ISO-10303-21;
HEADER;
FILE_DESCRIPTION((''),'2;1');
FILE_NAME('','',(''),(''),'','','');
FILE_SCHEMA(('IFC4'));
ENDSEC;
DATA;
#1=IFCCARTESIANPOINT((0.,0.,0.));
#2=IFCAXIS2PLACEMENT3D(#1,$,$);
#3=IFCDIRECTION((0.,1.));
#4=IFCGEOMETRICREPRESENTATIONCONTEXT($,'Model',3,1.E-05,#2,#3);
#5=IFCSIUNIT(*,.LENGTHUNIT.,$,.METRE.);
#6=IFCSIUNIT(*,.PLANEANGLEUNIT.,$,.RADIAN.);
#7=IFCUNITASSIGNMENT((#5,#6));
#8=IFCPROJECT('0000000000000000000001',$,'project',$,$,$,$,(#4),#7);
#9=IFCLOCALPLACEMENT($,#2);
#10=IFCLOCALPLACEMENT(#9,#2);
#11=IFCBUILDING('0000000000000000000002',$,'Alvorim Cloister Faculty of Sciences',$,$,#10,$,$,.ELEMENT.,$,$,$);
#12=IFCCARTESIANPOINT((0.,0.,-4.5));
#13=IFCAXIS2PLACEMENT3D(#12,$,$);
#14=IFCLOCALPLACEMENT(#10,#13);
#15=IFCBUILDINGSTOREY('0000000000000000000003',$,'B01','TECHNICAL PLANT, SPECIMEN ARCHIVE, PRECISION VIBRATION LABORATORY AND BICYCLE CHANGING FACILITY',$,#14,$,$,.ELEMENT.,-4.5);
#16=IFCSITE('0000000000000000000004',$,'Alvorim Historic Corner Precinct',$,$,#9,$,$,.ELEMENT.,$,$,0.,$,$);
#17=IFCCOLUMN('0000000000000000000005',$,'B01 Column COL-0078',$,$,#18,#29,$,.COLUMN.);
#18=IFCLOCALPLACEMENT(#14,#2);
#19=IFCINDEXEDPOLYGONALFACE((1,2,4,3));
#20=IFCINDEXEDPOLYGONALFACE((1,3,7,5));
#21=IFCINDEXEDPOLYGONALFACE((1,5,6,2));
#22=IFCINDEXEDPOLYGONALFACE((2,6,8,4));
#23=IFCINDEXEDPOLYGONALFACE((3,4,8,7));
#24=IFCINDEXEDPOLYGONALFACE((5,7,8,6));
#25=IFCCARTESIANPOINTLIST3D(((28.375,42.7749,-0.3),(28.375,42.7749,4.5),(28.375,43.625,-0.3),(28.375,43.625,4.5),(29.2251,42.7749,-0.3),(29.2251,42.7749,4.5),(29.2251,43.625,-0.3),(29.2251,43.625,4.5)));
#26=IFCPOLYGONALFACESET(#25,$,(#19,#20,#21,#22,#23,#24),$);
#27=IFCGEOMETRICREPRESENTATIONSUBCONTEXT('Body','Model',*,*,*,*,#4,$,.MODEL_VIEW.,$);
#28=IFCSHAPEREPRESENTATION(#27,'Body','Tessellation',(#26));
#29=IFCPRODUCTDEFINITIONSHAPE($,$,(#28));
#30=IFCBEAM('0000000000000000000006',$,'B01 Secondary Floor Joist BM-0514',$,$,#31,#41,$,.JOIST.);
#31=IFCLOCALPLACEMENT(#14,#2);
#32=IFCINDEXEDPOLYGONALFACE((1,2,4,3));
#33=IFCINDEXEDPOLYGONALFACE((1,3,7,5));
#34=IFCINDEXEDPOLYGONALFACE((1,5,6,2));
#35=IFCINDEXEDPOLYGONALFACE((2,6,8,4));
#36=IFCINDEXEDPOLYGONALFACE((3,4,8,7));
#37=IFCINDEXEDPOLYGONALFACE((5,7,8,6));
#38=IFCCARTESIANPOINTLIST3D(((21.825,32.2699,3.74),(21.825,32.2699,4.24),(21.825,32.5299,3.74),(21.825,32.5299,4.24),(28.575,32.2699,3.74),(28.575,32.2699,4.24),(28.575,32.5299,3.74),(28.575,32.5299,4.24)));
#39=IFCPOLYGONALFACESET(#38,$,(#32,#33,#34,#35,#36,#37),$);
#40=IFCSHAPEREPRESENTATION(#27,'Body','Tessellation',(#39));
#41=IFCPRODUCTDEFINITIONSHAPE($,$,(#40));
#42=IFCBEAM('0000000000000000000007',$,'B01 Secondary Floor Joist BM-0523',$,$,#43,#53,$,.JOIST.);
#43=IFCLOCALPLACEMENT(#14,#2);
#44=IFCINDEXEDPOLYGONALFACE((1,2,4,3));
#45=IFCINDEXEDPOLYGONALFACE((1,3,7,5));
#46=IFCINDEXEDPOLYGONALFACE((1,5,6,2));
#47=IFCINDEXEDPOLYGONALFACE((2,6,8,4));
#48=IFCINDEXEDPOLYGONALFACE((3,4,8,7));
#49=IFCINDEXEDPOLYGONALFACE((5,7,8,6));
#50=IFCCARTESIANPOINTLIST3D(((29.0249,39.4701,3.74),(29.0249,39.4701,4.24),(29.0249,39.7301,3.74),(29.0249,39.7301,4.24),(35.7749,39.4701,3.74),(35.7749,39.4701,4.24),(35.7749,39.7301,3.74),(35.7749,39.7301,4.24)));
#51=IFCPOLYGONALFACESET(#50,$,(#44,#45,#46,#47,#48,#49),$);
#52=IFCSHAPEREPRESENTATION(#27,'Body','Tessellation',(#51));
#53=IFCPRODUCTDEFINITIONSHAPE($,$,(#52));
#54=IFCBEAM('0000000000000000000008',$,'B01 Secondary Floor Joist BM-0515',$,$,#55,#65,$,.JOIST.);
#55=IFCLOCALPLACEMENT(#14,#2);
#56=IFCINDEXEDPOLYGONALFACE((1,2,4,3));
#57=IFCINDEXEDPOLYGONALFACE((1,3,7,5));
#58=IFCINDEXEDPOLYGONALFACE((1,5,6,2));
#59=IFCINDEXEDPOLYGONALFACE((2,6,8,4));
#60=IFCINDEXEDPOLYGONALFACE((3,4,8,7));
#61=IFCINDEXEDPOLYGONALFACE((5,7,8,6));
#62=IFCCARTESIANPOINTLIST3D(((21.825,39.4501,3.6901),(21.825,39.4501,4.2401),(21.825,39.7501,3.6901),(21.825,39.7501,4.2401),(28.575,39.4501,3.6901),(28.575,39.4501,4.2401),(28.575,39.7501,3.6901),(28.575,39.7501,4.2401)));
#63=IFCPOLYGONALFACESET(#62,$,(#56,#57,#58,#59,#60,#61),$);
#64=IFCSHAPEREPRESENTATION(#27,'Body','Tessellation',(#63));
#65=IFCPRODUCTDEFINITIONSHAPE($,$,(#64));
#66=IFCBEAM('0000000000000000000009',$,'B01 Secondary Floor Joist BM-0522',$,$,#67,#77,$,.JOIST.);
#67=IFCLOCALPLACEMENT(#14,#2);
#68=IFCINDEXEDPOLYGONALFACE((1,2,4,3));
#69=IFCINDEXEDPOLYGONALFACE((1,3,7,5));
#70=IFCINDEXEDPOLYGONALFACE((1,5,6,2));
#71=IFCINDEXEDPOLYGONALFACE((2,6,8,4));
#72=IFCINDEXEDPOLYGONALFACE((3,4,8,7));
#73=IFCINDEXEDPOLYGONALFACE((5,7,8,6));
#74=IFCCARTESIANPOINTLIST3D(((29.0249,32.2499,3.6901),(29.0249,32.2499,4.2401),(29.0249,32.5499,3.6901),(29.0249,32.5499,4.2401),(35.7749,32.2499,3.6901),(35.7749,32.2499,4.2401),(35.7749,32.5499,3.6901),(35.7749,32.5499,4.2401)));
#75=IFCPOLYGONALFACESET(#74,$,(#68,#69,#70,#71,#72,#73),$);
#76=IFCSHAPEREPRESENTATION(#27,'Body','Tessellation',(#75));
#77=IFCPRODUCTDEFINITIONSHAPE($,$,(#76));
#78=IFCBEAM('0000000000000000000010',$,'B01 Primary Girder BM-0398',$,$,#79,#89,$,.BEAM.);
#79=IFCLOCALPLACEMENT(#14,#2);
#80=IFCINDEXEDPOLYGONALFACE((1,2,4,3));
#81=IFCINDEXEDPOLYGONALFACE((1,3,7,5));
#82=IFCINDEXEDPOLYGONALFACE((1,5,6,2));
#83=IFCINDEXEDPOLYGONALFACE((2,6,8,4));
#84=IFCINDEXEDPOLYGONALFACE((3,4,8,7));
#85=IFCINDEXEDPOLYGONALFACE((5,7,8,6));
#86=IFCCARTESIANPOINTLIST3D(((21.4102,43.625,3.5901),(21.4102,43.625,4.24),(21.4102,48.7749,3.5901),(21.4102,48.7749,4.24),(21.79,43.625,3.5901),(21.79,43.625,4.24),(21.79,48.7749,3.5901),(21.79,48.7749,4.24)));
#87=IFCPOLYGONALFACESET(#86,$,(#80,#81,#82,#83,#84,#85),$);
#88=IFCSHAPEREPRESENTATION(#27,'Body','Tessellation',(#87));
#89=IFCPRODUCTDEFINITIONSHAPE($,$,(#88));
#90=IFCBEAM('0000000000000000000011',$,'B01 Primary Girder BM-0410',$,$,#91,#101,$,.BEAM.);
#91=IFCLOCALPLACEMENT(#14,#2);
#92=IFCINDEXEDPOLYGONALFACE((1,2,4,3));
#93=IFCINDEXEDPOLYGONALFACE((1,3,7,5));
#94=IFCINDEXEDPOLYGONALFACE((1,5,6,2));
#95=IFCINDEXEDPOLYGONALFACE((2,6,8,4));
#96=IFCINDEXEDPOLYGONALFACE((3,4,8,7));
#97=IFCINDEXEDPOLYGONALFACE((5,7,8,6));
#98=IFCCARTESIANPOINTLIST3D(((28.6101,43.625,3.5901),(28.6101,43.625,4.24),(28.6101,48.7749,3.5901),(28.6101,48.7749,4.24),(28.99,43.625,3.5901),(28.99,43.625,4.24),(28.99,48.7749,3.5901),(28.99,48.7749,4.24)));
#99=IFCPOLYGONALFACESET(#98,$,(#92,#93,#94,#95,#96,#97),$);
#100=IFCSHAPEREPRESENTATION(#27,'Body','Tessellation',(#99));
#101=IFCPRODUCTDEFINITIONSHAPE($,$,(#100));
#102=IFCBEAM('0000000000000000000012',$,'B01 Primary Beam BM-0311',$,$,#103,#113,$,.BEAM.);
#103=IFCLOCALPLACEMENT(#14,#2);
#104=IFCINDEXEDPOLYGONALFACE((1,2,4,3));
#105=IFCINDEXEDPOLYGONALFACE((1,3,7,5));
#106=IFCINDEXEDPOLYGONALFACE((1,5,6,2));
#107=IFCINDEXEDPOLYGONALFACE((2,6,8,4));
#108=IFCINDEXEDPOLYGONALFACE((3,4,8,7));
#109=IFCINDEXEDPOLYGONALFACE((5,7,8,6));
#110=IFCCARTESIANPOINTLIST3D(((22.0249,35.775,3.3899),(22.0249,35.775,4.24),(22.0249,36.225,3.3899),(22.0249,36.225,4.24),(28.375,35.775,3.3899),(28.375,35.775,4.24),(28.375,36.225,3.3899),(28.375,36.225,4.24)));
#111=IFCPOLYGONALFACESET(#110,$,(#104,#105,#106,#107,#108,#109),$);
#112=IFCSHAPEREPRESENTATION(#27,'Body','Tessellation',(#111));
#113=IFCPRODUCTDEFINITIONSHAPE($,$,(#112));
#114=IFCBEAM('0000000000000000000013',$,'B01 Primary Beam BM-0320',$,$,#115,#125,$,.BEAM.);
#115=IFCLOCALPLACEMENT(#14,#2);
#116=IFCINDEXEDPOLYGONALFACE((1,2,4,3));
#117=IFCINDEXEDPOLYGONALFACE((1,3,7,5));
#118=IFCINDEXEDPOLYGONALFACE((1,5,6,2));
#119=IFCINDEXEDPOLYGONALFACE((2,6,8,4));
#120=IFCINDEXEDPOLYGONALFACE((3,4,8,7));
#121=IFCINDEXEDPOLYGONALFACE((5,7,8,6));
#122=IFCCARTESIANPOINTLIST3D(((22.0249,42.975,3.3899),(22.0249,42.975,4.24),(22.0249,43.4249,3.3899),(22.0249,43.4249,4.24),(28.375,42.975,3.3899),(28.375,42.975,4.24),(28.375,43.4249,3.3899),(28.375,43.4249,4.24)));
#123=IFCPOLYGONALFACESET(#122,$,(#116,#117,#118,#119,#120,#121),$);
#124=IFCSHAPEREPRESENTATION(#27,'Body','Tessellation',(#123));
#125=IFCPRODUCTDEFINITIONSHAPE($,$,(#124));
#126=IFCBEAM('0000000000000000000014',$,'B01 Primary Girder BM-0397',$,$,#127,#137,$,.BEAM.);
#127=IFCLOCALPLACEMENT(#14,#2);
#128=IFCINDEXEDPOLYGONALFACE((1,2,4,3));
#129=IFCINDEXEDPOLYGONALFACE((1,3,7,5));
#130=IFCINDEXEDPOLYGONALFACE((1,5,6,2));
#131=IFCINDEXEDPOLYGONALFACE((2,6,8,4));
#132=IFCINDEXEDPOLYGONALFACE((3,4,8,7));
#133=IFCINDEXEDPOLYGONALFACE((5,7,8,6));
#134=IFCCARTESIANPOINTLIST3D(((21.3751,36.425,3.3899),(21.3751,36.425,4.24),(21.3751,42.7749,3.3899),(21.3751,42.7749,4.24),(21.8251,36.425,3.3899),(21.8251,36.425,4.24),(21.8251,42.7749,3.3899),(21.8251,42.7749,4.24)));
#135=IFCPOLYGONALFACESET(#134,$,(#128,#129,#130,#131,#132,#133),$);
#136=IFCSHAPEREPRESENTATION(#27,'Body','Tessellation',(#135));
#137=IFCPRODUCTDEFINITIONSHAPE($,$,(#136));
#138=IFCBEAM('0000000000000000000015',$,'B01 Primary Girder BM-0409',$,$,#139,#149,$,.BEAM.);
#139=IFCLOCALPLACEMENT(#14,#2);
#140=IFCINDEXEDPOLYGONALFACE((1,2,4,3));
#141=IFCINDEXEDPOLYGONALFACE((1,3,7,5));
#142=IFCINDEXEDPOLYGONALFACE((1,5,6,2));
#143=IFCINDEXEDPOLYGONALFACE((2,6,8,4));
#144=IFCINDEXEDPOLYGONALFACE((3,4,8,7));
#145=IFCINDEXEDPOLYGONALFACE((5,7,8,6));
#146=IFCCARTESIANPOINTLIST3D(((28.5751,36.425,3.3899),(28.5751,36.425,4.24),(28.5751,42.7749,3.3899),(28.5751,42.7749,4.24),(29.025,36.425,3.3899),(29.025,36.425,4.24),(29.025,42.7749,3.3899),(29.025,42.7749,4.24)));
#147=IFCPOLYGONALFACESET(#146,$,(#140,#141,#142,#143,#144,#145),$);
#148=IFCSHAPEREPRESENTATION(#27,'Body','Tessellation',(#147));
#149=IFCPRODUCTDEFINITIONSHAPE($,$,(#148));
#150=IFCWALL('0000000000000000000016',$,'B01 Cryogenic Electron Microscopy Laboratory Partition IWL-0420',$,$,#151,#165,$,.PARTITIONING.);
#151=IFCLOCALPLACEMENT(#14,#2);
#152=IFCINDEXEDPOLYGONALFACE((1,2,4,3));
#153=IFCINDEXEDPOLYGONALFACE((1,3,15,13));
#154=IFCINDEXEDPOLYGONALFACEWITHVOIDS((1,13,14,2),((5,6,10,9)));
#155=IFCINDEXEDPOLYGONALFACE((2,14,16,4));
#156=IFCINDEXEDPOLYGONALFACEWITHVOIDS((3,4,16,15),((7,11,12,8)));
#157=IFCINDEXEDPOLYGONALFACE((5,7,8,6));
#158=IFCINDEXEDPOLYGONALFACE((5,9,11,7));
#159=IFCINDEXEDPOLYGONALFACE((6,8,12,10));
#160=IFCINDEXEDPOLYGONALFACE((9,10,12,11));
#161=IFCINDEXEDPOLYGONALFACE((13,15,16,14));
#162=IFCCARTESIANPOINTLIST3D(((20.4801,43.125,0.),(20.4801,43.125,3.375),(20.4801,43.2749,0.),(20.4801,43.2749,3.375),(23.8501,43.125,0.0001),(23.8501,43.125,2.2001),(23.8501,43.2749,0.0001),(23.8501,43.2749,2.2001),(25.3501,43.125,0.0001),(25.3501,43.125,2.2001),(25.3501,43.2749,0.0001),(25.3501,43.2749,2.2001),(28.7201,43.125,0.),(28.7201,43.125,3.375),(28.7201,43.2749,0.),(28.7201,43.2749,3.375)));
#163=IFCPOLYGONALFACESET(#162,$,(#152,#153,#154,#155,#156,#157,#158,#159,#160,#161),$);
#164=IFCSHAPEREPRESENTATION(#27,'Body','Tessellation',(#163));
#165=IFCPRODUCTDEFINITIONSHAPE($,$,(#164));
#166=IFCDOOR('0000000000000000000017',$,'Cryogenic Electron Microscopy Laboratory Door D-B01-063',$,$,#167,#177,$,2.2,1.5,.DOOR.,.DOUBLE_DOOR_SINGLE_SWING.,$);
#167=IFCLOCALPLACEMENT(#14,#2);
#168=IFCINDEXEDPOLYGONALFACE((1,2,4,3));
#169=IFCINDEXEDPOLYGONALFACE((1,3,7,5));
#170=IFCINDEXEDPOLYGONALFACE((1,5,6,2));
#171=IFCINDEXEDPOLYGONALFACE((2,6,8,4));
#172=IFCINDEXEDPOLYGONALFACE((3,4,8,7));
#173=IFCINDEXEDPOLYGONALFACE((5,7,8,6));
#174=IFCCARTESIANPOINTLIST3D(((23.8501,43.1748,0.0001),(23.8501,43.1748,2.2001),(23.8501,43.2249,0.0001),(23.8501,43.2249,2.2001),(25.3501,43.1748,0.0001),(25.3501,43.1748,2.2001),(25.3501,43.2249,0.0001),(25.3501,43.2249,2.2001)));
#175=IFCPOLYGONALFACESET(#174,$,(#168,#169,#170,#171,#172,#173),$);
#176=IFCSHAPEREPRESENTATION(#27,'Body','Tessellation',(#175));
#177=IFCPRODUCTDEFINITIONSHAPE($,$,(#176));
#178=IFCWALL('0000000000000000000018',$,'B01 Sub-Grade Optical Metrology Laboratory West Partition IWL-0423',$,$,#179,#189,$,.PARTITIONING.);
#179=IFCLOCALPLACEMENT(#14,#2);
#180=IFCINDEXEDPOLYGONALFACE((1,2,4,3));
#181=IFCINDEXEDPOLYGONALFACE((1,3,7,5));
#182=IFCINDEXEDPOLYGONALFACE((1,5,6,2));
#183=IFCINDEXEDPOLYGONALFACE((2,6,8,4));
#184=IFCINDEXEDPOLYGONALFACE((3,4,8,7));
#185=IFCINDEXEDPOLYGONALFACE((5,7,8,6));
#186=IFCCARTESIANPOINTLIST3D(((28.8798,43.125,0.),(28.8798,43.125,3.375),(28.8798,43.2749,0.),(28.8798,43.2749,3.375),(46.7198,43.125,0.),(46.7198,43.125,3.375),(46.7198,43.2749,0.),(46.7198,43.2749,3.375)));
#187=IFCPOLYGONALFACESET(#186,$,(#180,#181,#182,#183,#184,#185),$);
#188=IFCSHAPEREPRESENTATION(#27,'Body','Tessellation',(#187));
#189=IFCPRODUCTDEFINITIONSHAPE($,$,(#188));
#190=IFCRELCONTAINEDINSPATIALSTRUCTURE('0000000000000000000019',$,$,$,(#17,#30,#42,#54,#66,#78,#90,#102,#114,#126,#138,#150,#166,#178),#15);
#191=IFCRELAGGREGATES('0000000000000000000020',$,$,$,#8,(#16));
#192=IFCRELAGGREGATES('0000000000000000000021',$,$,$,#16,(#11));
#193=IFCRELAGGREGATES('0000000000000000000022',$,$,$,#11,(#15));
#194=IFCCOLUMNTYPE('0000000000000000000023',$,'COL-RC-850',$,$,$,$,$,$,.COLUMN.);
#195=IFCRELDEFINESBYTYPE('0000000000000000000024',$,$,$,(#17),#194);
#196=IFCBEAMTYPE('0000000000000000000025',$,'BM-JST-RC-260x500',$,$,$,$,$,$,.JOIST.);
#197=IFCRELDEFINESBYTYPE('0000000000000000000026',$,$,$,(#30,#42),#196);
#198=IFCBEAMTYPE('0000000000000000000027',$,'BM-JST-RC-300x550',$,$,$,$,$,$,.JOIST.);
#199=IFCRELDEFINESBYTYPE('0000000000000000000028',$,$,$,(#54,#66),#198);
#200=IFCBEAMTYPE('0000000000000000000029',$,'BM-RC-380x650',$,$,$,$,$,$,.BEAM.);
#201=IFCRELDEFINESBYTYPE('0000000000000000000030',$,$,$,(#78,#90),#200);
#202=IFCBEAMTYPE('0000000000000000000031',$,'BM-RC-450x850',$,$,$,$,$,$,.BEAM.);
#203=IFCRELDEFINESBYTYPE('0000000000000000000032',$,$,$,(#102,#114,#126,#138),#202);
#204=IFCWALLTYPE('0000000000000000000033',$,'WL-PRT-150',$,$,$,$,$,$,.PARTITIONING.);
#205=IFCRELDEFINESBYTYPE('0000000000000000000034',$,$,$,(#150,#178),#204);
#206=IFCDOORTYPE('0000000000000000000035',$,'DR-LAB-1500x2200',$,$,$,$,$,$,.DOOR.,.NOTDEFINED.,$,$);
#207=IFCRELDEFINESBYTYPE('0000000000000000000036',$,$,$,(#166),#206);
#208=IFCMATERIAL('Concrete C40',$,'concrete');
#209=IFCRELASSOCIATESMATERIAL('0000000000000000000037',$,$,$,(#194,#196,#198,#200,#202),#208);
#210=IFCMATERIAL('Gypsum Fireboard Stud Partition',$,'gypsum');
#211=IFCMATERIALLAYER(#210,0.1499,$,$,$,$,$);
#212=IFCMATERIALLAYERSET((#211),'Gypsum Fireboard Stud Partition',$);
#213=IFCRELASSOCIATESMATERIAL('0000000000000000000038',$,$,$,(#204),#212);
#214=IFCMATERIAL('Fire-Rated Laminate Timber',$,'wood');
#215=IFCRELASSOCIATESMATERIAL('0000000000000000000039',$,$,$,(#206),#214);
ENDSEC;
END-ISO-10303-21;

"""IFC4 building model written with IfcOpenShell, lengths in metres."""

from ifc_helpers import new_model, si_unit, direction, frame, frame_2d, origin, origin_2d, place, context, subcontext, project, spatial, rectangle, extrude, material, layer, layer_set, material_profile, profile_set, type_object, element, fill, save


model = new_model("IFC4")

# Units and contexts
model_context = context("Model", 3, precision=1e-05, world=origin(), true_north=direction((0.0, 1.0)))
body_context = subcontext(model_context, "Body", "Model", "MODEL_VIEW")
ifc_project = project(units=[si_unit("LENGTHUNIT", "METRE"), si_unit("PLANEANGLEUNIT", "RADIAN")], contexts=[model_context])

# Site, building, storey
site_placement = place(None, origin())
site = spatial("IfcSite", under=ifc_project, at=site_placement, Name="Alvorim Historic Corner Precinct", CompositionType="ELEMENT", RefElevation=0.0)
building_placement = place(site_placement, origin())
building = spatial("IfcBuilding", under=site, at=building_placement, Name="Alvorim Cloister Faculty of Sciences", CompositionType="ELEMENT")
storey_placement = place(building_placement, frame((0.0, 0.0, -4.5)))
storey = spatial("IfcBuildingStorey", under=building, at=storey_placement, Name="B01", Description="TECHNICAL PLANT, SPECIMEN ARCHIVE, PRECISION VIBRATION LABORATORY AND BICYCLE CHANGING FACILITY", CompositionType="ELEMENT", Elevation=-4.5)

# Shared definitions
ifc_material_1 = material(Name="Concrete C40", Category="concrete")

# Column
ifc_material_profile_1 = material_profile(ifc_material_1, rectangle(XDim=0.8501, YDim=0.8501, at=origin_2d()), Name="RC40-COL-850x850")
ifc_profile_set_1 = profile_set([ifc_material_profile_1], Name="Concrete C40")
column_type = type_object("IfcColumnType", Name="COL-RC-850", PredefinedType="COLUMN", material=ifc_profile_set_1)
for number, where, z_axis, x_axis, name in (
    (1, (28.8, 43.2, -0.3), (0.0, 0.0, 1.0), (1.0, 0.0, 0.0), "B01 Column COL-0078"),
):
    element("IfcColumn", number, at=place(storey_placement, frame(where, z_axis=z_axis, x_axis=x_axis)), inside=storey, type_object=column_type, Name=name, PredefinedType="COLUMN", context=body_context, shape_type="SweptSolid", body=[
        extrude(rectangle(XDim=0.8501, YDim=0.8501, at=origin_2d()), origin(), (0.0, 0.0, 1.0), 4.8),
    ])

# Beams
ifc_material_profile_2 = material_profile(ifc_material_1, rectangle(XDim=0.26, YDim=0.5, at=origin_2d()), Name="RC40-JST-260x500")
ifc_profile_set_2 = profile_set([ifc_material_profile_2], Name="Concrete C40")
beam_type_1 = type_object("IfcBeamType", Name="BM-JST-RC-260x500", PredefinedType="JOIST", material=ifc_profile_set_2)
for number, where, z_axis, x_axis, name in (
    (2, (21.825, 32.3999, 3.99), (1.0, 0.0, 0.0), (0.0, 1.0, 0.0), "B01 Secondary Floor Joist BM-0514"),
    (3, (29.0249, 39.6001, 3.99), (1.0, 0.0, 0.0), (0.0, 1.0, 0.0), "B01 Secondary Floor Joist BM-0523"),
):
    element("IfcBeam", number, at=place(storey_placement, frame(where, z_axis=z_axis, x_axis=x_axis)), inside=storey, type_object=beam_type_1, Name=name, PredefinedType="JOIST", context=body_context, shape_type="SweptSolid", body=[
        extrude(rectangle(XDim=0.26, YDim=0.5, at=origin_2d()), origin(), (0.0, 0.0, 1.0), 6.75),
    ])
ifc_material_profile_3 = material_profile(ifc_material_1, rectangle(XDim=0.3, YDim=0.55, at=origin_2d()), Name="RC40-JST-300x550")
ifc_profile_set_3 = profile_set([ifc_material_profile_3], Name="Concrete C40")
beam_type_2 = type_object("IfcBeamType", Name="BM-JST-RC-300x550", PredefinedType="JOIST", material=ifc_profile_set_3)
for number, where, z_axis, x_axis, name in (
    (4, (21.825, 39.6001, 3.9651), (1.0, 0.0, 0.0), (0.0, 1.0, 0.0), "B01 Secondary Floor Joist BM-0515"),
    (5, (29.0249, 32.3999, 3.9651), (1.0, 0.0, 0.0), (0.0, 1.0, 0.0), "B01 Secondary Floor Joist BM-0522"),
):
    element("IfcBeam", number, at=place(storey_placement, frame(where, z_axis=z_axis, x_axis=x_axis)), inside=storey, type_object=beam_type_2, Name=name, PredefinedType="JOIST", context=body_context, shape_type="SweptSolid", body=[
        extrude(rectangle(XDim=0.3, YDim=0.55, at=origin_2d()), origin(), (0.0, 0.0, 1.0), 6.75),
    ])
ifc_material_profile_4 = material_profile(ifc_material_1, rectangle(XDim=0.3799, YDim=0.6499, at=origin_2d()), Name="RC40-BM-380x650")
ifc_profile_set_4 = profile_set([ifc_material_profile_4], Name="Concrete C40")
beam_type_3 = type_object("IfcBeamType", Name="BM-RC-380x650", PredefinedType="BEAM", material=ifc_profile_set_4)
for number, where, z_axis, x_axis, name in (
    (6, (21.6001, 43.625, 3.915), (0.0, 1.0, 0.0), (-1.0, 0.0, 0.0), "B01 Primary Girder BM-0398"),
    (7, (28.8, 43.625, 3.915), (0.0, 1.0, 0.0), (-1.0, 0.0, 0.0), "B01 Primary Girder BM-0410"),
):
    element("IfcBeam", number, at=place(storey_placement, frame(where, z_axis=z_axis, x_axis=x_axis)), inside=storey, type_object=beam_type_3, Name=name, PredefinedType="BEAM", context=body_context, shape_type="SweptSolid", body=[
        extrude(rectangle(XDim=0.3799, YDim=0.6499, at=origin_2d()), origin(), (0.0, 0.0, 1.0), 5.1499),
    ])
ifc_material_profile_5 = material_profile(ifc_material_1, rectangle(XDim=0.45, YDim=0.8501, at=origin_2d()), Name="RC40-BM-450x850")
ifc_profile_set_5 = profile_set([ifc_material_profile_5], Name="Concrete C40")
beam_type_4 = type_object("IfcBeamType", Name="BM-RC-450x850", PredefinedType="BEAM", material=ifc_profile_set_5)
for number, where, z_axis, x_axis, name in (
    (8, (22.0249, 36.0, 3.8149), (1.0, 0.0, 0.0), (0.0, 1.0, 0.0), "B01 Primary Beam BM-0311"),
    (9, (22.0249, 43.2, 3.8149), (1.0, 0.0, 0.0), (0.0, 1.0, 0.0), "B01 Primary Beam BM-0320"),
):
    element("IfcBeam", number, at=place(storey_placement, frame(where, z_axis=z_axis, x_axis=x_axis)), inside=storey, type_object=beam_type_4, Name=name, PredefinedType="BEAM", context=body_context, shape_type="SweptSolid", body=[
        extrude(rectangle(XDim=0.45, YDim=0.8501, at=origin_2d()), origin(), (0.0, 0.0, 1.0), 6.3501),
    ])
for number, where, z_axis, x_axis, name in (
    (10, (21.6001, 36.425, 3.8149), (0.0, 1.0, 0.0), (-1.0, 0.0, 0.0), "B01 Primary Girder BM-0397"),
    (11, (28.8, 36.425, 3.8149), (0.0, 1.0, 0.0), (-1.0, 0.0, 0.0), "B01 Primary Girder BM-0409"),
):
    element("IfcBeam", number, at=place(storey_placement, frame(where, z_axis=z_axis, x_axis=x_axis)), inside=storey, type_object=beam_type_4, Name=name, PredefinedType="BEAM", context=body_context, shape_type="SweptSolid", body=[
        extrude(rectangle(XDim=0.45, YDim=0.8501, at=origin_2d()), origin(), (0.0, 0.0, 1.0), 6.3499),
    ])

# Wall, opening, door
ifc_material_2 = material(Name="Gypsum Fireboard Stud Partition", Category="gypsum")
ifc_layer_1 = layer(ifc_material_2, 0.1499)
ifc_layer_set_1 = layer_set([ifc_layer_1], Name="Gypsum Fireboard Stud Partition")
wall_type_1 = type_object("IfcWallType", Name="WL-PRT-150", PredefinedType="PARTITIONING", material=ifc_layer_set_1)
wall_1_placement = place(storey_placement, frame((20.48, 43.2, 0.0), z_axis=(0.0, 0.0, 1.0), x_axis=(1.0, 0.0, 0.0)))
wall_1 = element("IfcWall", 12, at=wall_1_placement, inside=storey, type_object=wall_type_1, Name="B01 Cryogenic Electron Microscopy Laboratory Partition IWL-0420", PredefinedType="PARTITIONING", context=body_context, shape_type="SweptSolid", body=[
    extrude(rectangle(XDim=8.24, YDim=0.1499, at=frame_2d((4.1201, 0.0))), origin(), (0.0, 0.0, 1.0), 3.375),
])
opening_placement = place(wall_1_placement, frame((3.3701, 0.0, 0.0)))
opening = element("IfcOpeningElement", 13, at=opening_placement, cuts=wall_1, PredefinedType="OPENING", context=body_context, shape_type="SweptSolid", body=[
    extrude(rectangle(XDim=1.5, YDim=2.2, at=frame_2d((0.75, 1.1001))), frame((0.0, 0.0869, 0.0), z_axis=(0.0, -1.0, 0.0), x_axis=(1.0, 0.0, 0.0)), (0.0, 0.0, 1.0), 0.1738),
])
ifc_material_3 = material(Name="Fire-Rated Laminate Timber", Category="wood")
door_type = type_object("IfcDoorType", Name="DR-LAB-1500x2200", OperationType="NOTDEFINED", PredefinedType="DOOR", material=ifc_material_3)
door_placement = place(opening_placement, origin())
door = element("IfcDoor", 14, at=door_placement, inside=storey, type_object=door_type, Name="Cryogenic Electron Microscopy Laboratory Door D-B01-063", OperationType="DOUBLE_DOOR_SINGLE_SWING", OverallHeight=2.2, OverallWidth=1.5, PredefinedType="DOOR", context=body_context, shape_type="SweptSolid", body=[
    extrude(rectangle(XDim=1.5, YDim=2.2, at=frame_2d((0.75, 1.1001))), frame((0.0, 0.0249, 0.0), z_axis=(0.0, -1.0, 0.0), x_axis=(1.0, 0.0, 0.0)), (0.0, 0.0, 1.0), 0.05),
])
fill(opening, door)

# Wall
wall_2_placement = place(storey_placement, frame((28.8799, 43.2, 0.0), z_axis=(0.0, 0.0, 1.0), x_axis=(1.0, 0.0, 0.0)))
element("IfcWall", 15, at=wall_2_placement, inside=storey, type_object=wall_type_1, Name="B01 Sub-Grade Optical Metrology Laboratory West Partition IWL-0423", PredefinedType="PARTITIONING", context=body_context, shape_type="SweptSolid", body=[
    extrude(rectangle(XDim=17.8401, YDim=0.1499, at=frame_2d((8.9199, 0.0))), origin(), (0.0, 0.0, 1.0), 3.375),
])

save(model, "model.ifc")
